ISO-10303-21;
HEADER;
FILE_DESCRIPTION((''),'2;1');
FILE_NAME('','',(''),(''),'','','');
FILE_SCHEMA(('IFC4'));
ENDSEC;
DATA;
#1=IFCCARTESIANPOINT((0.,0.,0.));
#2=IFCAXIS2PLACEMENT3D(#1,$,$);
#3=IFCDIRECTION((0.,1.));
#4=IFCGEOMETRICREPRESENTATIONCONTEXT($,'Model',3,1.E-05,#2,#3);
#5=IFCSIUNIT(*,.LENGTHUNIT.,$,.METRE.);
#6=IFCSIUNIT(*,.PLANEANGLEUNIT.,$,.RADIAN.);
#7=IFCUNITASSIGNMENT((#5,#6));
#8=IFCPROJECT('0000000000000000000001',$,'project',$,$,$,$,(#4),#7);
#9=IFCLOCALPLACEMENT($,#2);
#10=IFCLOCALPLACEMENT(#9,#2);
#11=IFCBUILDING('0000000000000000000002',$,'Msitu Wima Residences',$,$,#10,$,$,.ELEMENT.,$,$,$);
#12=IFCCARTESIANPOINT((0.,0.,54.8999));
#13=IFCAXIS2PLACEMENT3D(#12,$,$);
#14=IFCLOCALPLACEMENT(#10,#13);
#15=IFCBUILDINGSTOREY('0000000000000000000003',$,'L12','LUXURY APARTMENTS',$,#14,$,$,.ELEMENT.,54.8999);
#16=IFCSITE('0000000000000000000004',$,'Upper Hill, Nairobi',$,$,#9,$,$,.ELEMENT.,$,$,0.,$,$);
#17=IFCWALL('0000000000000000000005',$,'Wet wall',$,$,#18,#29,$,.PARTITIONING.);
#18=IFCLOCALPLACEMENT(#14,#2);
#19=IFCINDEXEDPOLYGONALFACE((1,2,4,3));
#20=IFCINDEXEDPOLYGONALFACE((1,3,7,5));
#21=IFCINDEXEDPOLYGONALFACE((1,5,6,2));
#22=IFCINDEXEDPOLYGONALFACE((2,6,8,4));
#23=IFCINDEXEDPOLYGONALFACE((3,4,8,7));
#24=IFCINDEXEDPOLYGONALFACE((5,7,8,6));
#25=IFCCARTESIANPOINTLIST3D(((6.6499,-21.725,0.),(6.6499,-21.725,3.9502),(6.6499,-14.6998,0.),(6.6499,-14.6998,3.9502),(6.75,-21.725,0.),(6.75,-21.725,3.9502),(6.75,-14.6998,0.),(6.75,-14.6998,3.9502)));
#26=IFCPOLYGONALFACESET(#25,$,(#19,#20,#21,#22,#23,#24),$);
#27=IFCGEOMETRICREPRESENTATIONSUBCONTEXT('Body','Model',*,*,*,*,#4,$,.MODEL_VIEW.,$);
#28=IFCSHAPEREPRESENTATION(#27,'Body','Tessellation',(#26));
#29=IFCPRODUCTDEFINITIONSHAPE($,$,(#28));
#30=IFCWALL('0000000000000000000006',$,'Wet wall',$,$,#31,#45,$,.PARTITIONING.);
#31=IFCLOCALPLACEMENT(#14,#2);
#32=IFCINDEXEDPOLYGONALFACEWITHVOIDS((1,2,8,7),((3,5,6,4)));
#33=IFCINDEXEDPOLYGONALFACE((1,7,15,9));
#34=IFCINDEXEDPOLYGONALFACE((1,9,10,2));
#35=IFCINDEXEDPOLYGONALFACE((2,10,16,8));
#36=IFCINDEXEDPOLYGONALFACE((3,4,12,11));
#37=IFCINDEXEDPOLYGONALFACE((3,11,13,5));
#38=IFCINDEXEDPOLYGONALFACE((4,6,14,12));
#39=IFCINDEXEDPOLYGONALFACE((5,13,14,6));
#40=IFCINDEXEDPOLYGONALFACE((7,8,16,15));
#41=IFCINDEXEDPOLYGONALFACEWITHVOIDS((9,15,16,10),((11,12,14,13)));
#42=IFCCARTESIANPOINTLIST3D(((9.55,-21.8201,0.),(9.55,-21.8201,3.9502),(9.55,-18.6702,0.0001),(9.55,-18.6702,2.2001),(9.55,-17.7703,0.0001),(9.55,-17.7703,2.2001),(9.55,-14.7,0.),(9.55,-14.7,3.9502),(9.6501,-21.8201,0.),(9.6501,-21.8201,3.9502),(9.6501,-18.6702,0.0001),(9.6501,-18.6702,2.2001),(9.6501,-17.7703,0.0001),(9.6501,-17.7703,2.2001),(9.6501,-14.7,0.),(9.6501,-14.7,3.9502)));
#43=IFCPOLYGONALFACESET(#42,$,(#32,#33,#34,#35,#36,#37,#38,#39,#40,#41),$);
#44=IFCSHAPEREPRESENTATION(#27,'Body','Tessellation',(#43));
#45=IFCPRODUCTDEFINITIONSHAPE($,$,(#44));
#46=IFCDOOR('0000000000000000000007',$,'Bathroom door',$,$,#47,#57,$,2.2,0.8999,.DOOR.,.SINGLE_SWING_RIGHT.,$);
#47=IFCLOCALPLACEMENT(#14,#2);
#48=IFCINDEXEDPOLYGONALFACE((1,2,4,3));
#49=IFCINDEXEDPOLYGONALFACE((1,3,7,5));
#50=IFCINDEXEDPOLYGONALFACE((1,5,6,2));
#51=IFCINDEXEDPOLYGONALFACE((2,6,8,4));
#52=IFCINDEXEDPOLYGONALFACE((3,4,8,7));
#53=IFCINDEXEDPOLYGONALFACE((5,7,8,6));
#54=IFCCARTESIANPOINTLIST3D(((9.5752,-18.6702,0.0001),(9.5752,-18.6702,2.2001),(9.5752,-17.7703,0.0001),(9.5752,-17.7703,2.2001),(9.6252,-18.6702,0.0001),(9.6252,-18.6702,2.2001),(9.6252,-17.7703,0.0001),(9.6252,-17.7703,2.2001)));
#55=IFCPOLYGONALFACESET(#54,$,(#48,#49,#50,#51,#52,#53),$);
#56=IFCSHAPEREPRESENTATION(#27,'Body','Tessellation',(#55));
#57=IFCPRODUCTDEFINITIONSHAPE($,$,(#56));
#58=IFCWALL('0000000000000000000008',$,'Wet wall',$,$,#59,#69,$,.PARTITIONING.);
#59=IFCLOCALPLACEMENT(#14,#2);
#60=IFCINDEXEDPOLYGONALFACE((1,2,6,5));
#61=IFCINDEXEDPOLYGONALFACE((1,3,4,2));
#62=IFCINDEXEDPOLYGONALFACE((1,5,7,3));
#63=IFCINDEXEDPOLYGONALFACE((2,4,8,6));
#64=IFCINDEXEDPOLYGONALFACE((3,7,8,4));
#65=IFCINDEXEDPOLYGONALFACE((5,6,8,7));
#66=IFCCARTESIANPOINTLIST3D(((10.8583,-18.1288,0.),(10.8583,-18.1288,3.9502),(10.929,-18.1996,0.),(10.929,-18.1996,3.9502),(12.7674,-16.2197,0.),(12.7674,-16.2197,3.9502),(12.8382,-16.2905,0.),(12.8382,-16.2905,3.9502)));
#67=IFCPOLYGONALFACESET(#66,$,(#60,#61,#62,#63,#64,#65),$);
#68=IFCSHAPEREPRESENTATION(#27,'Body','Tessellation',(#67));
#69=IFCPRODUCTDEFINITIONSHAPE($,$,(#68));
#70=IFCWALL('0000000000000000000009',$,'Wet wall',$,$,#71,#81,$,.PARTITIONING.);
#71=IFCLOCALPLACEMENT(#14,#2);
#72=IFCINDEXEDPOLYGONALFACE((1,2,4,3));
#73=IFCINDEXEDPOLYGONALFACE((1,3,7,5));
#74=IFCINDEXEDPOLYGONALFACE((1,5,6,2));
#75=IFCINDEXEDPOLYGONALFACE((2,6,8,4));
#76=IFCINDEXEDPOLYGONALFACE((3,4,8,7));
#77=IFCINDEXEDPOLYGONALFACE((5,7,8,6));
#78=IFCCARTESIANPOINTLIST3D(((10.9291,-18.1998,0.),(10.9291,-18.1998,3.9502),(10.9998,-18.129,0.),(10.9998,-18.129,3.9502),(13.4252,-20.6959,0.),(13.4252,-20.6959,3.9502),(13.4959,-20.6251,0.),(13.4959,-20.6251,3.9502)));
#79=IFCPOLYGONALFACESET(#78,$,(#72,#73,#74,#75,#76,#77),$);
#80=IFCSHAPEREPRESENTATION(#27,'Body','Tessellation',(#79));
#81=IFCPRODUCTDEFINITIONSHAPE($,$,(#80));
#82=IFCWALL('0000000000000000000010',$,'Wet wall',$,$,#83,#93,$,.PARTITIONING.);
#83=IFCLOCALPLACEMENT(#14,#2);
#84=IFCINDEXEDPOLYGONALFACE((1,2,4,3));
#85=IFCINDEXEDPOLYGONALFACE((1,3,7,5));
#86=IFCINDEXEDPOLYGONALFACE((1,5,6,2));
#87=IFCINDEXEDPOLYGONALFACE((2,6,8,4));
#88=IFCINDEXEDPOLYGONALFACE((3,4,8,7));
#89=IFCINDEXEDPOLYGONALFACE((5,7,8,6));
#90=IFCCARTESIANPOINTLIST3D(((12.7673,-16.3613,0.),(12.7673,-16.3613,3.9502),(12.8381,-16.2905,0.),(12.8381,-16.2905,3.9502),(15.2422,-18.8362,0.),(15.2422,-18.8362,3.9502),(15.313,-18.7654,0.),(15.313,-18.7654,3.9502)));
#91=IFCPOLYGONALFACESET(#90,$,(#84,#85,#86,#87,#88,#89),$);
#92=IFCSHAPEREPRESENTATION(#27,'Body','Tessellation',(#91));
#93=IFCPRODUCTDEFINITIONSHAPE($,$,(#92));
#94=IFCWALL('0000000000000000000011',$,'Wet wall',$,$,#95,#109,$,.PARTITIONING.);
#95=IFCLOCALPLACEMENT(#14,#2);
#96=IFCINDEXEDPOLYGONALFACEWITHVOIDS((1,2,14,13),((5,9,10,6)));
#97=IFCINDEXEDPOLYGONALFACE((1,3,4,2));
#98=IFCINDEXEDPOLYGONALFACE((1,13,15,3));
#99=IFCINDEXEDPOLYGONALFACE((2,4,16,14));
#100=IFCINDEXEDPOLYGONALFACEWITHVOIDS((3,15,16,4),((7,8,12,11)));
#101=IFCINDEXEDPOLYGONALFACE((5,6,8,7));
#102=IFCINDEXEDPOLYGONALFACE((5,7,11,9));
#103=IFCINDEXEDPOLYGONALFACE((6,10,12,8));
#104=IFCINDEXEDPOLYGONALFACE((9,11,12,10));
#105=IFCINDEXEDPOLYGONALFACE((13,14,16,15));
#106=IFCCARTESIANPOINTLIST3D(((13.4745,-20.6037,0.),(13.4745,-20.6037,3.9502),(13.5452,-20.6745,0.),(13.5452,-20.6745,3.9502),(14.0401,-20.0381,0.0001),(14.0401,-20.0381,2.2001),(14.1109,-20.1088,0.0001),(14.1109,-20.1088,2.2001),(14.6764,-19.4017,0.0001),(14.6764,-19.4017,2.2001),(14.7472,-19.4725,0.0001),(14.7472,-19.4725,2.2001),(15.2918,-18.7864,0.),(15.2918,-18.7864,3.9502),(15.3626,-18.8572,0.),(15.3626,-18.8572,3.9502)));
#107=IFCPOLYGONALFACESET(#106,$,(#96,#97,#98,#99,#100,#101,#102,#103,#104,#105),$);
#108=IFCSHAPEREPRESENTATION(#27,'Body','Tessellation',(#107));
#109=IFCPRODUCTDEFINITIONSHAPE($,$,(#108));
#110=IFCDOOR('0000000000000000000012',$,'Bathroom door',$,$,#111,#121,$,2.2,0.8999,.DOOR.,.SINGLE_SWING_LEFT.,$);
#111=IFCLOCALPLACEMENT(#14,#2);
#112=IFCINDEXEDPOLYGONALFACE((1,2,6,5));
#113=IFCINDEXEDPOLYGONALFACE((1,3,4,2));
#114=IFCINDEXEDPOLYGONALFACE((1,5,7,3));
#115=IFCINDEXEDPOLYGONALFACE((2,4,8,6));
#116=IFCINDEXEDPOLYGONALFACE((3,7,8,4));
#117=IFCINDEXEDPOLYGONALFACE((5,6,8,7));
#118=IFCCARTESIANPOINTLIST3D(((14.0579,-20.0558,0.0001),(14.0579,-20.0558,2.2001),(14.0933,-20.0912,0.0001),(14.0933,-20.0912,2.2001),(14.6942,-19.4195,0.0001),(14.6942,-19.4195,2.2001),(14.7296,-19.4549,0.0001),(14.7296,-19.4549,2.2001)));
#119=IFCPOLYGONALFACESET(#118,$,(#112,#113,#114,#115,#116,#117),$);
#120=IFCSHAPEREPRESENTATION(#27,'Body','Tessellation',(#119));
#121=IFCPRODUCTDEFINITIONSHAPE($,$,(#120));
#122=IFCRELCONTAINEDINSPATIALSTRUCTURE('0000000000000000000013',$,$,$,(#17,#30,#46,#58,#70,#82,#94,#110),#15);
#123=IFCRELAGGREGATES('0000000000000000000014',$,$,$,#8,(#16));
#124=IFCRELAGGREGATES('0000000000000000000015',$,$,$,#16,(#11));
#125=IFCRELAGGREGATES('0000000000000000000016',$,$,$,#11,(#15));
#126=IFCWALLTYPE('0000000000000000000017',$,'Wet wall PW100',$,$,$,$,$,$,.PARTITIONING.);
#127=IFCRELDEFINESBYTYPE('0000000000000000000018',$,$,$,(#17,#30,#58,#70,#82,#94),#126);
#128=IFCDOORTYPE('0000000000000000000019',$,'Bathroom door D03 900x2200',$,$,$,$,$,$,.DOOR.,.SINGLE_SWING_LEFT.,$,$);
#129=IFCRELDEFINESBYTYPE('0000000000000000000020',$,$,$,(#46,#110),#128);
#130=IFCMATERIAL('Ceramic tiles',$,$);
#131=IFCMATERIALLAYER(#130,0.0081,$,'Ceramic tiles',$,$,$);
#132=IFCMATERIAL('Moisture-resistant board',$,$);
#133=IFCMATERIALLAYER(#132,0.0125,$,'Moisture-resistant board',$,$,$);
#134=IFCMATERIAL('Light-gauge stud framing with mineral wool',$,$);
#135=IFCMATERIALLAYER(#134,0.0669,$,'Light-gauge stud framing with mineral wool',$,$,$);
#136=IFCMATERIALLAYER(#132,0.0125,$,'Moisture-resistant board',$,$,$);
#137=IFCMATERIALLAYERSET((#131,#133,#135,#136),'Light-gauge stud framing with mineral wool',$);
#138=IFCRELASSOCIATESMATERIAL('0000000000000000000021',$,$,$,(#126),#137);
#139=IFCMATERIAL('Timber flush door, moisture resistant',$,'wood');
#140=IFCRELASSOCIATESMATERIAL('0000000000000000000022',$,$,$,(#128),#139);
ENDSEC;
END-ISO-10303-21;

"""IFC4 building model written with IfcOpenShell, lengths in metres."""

from ifc_helpers import new_model, si_unit, direction, frame, frame_2d, origin, place, context, subcontext, project, spatial, rectangle, extrude, material, layer, layer_set, type_object, element, fill, save


model = new_model("IFC4")

# Units and contexts
model_context = context("Model", 3, precision=1e-05, world=origin(), true_north=direction((0.0, 1.0)))
body_context = subcontext(model_context, "Body", "Model", "MODEL_VIEW")
ifc_project = project(units=[si_unit("LENGTHUNIT", "METRE"), si_unit("PLANEANGLEUNIT", "RADIAN")], contexts=[model_context])

# Site, building, storey
site_placement = place(None, origin())
site = spatial("IfcSite", under=ifc_project, at=site_placement, Name="Upper Hill, Nairobi", CompositionType="ELEMENT", RefElevation=0.0)
building_placement = place(site_placement, origin())
building = spatial("IfcBuilding", under=site, at=building_placement, Name="Msitu Wima Residences", CompositionType="ELEMENT")
storey_placement = place(building_placement, frame((0.0, 0.0, 54.8999)))
storey = spatial("IfcBuildingStorey", under=building, at=storey_placement, Name="L12", Description="LUXURY APARTMENTS", CompositionType="ELEMENT", Elevation=54.8999)

# Wall
ifc_material_1 = material(Name="Ceramic tiles")
ifc_layer_1 = layer(ifc_material_1, 0.0081, Name="Ceramic tiles")
ifc_material_2 = material(Name="Moisture-resistant board")
ifc_layer_2 = layer(ifc_material_2, 0.0125, Name="Moisture-resistant board")
ifc_material_3 = material(Name="Light-gauge stud framing with mineral wool")
ifc_layer_3 = layer(ifc_material_3, 0.0669, Name="Light-gauge stud framing with mineral wool")
ifc_layer_4 = layer(ifc_material_2, 0.0125, Name="Moisture-resistant board")
ifc_layer_set_1 = layer_set([ifc_layer_1, ifc_layer_2, ifc_layer_3, ifc_layer_4], Name="Light-gauge stud framing with mineral wool")
wall_type_1 = type_object("IfcWallType", Name="Wet wall PW100", PredefinedType="PARTITIONING", material=ifc_layer_set_1)
wall_1_placement = place(storey_placement, frame((6.7, -21.7251, 0.0), z_axis=(0.0, 0.0, 1.0), x_axis=(0.0, 1.0, 0.0)))
element("IfcWall", 1, at=wall_1_placement, inside=storey, type_object=wall_type_1, Name="Wet wall", PredefinedType="PARTITIONING", context=body_context, shape_type="SweptSolid", body=[
    extrude(rectangle(XDim=7.0251, YDim=0.1001, at=frame_2d((3.5127, 0.0))), origin(), (0.0, 0.0, 1.0), 3.9502),
])

# Wall, opening, door
wall_2_placement = place(storey_placement, frame((9.6001, -21.8201, 0.0), z_axis=(0.0, 0.0, 1.0), x_axis=(0.0, 1.0, 0.0)))
wall_2 = element("IfcWall", 2, at=wall_2_placement, inside=storey, type_object=wall_type_1, Name="Wet wall", PredefinedType="PARTITIONING", context=body_context, shape_type="SweptSolid", body=[
    extrude(rectangle(XDim=7.1201, YDim=0.1001, at=frame_2d((3.5601, 0.0))), origin(), (0.0, 0.0, 1.0), 3.9502),
])
opening_1_placement = place(wall_2_placement, frame((3.1499, 0.0, 0.0)))
opening_1 = element("IfcOpeningElement", 3, at=opening_1_placement, cuts=wall_2, PredefinedType="OPENING", context=body_context, shape_type="SweptSolid", body=[
    extrude(rectangle(XDim=0.8999, YDim=2.2, at=frame_2d((0.45, 1.1001))), frame((0.0, 0.0601, 0.0), z_axis=(0.0, -1.0, 0.0), x_axis=(1.0, 0.0, 0.0)), (0.0, 0.0, 1.0), 0.1201),
])
ifc_material_4 = material(Name="Timber flush door, moisture resistant", Category="wood")
door_type_1 = type_object("IfcDoorType", Name="Bathroom door D03 900x2200", OperationType="SINGLE_SWING_LEFT", PredefinedType="DOOR", material=ifc_material_4)
door_1_placement = place(opening_1_placement, origin())
door_1 = element("IfcDoor", 4, at=door_1_placement, inside=storey, type_object=door_type_1, Name="Bathroom door", OperationType="SINGLE_SWING_RIGHT", OverallHeight=2.2, OverallWidth=0.8999, PredefinedType="DOOR", context=body_context, shape_type="SweptSolid", body=[
    extrude(rectangle(XDim=0.8999, YDim=2.2, at=frame_2d((0.45, 1.1001))), frame((0.0, 0.0249, 0.0), z_axis=(0.0, -1.0, 0.0), x_axis=(1.0, 0.0, 0.0)), (0.0, 0.0, 1.0), 0.05),
])
fill(opening_1, door_1)

# Walls
wall_3_placement = place(storey_placement, frame((10.8936, -18.1643, 0.0), z_axis=(0.0, 0.0, 1.0), x_axis=(0.707107, 0.707107, 0.0)))
element("IfcWall", 5, at=wall_3_placement, inside=storey, type_object=wall_type_1, Name="Wet wall", PredefinedType="PARTITIONING", context=body_context, shape_type="SweptSolid", body=[
    extrude(rectangle(XDim=2.7, YDim=0.1001, at=frame_2d((1.3501, 0.0))), origin(), (0.0, 0.0, 1.0), 3.9502),
])
wall_4_placement = place(storey_placement, frame((10.9644, -18.1643, 0.0), z_axis=(0.0, 0.0, 1.0), x_axis=(0.707107, -0.707107, 0.0)))
element("IfcWall", 6, at=wall_4_placement, inside=storey, type_object=wall_type_1, Name="Wet wall", PredefinedType="PARTITIONING", context=body_context, shape_type="SweptSolid", body=[
    extrude(rectangle(XDim=3.53, YDim=0.1001, at=frame_2d((1.7651, 0.0))), origin(), (0.0, 0.0, 1.0), 3.9502),
])
wall_5_placement = place(storey_placement, frame((12.8027, -16.3259, 0.0), z_axis=(0.0, 0.0, 1.0), x_axis=(0.707107, -0.707107, 0.0)))
element("IfcWall", 7, at=wall_5_placement, inside=storey, type_object=wall_type_1, Name="Wet wall", PredefinedType="PARTITIONING", context=body_context, shape_type="SweptSolid", body=[
    extrude(rectangle(XDim=3.5, YDim=0.1001, at=frame_2d((1.75, 0.0))), origin(), (0.0, 0.0, 1.0), 3.9502),
])

# Wall, opening, door
wall_6_placement = place(storey_placement, frame((13.5098, -20.6392, 0.0), z_axis=(0.0, 0.0, 1.0), x_axis=(0.707107, 0.707107, 0.0)))
wall_6 = element("IfcWall", 8, at=wall_6_placement, inside=storey, type_object=wall_type_1, Name="Wet wall", PredefinedType="PARTITIONING", context=body_context, shape_type="SweptSolid", body=[
    extrude(rectangle(XDim=2.5701, YDim=0.1001, at=frame_2d((1.2852, 0.0))), origin(), (0.0, 0.0, 1.0), 3.9502),
])
opening_2_placement = place(wall_6_placement, frame((0.8, 0.0, 0.0)))
opening_2 = element("IfcOpeningElement", 9, at=opening_2_placement, cuts=wall_6, PredefinedType="OPENING", context=body_context, shape_type="SweptSolid", body=[
    extrude(rectangle(XDim=0.8999, YDim=2.2, at=frame_2d((0.45, 1.1001))), frame((0.0, 0.0601, 0.0), z_axis=(0.0, -1.0, 0.0), x_axis=(1.0, 0.0, 0.0)), (0.0, 0.0, 1.0), 0.1201),
])
door_2_placement = place(opening_2_placement, origin())
door_2 = element("IfcDoor", 10, at=door_2_placement, inside=storey, type_object=door_type_1, Name="Bathroom door", OperationType="SINGLE_SWING_LEFT", OverallHeight=2.2, OverallWidth=0.8999, PredefinedType="DOOR", context=body_context, shape_type="SweptSolid", body=[
    extrude(rectangle(XDim=0.8999, YDim=2.2, at=frame_2d((0.45, 1.1001))), frame((0.0, 0.0249, 0.0), z_axis=(0.0, -1.0, 0.0), x_axis=(1.0, 0.0, 0.0)), (0.0, 0.0, 1.0), 0.05),
])
fill(opening_2, door_2)

save(model, "model.ifc")
